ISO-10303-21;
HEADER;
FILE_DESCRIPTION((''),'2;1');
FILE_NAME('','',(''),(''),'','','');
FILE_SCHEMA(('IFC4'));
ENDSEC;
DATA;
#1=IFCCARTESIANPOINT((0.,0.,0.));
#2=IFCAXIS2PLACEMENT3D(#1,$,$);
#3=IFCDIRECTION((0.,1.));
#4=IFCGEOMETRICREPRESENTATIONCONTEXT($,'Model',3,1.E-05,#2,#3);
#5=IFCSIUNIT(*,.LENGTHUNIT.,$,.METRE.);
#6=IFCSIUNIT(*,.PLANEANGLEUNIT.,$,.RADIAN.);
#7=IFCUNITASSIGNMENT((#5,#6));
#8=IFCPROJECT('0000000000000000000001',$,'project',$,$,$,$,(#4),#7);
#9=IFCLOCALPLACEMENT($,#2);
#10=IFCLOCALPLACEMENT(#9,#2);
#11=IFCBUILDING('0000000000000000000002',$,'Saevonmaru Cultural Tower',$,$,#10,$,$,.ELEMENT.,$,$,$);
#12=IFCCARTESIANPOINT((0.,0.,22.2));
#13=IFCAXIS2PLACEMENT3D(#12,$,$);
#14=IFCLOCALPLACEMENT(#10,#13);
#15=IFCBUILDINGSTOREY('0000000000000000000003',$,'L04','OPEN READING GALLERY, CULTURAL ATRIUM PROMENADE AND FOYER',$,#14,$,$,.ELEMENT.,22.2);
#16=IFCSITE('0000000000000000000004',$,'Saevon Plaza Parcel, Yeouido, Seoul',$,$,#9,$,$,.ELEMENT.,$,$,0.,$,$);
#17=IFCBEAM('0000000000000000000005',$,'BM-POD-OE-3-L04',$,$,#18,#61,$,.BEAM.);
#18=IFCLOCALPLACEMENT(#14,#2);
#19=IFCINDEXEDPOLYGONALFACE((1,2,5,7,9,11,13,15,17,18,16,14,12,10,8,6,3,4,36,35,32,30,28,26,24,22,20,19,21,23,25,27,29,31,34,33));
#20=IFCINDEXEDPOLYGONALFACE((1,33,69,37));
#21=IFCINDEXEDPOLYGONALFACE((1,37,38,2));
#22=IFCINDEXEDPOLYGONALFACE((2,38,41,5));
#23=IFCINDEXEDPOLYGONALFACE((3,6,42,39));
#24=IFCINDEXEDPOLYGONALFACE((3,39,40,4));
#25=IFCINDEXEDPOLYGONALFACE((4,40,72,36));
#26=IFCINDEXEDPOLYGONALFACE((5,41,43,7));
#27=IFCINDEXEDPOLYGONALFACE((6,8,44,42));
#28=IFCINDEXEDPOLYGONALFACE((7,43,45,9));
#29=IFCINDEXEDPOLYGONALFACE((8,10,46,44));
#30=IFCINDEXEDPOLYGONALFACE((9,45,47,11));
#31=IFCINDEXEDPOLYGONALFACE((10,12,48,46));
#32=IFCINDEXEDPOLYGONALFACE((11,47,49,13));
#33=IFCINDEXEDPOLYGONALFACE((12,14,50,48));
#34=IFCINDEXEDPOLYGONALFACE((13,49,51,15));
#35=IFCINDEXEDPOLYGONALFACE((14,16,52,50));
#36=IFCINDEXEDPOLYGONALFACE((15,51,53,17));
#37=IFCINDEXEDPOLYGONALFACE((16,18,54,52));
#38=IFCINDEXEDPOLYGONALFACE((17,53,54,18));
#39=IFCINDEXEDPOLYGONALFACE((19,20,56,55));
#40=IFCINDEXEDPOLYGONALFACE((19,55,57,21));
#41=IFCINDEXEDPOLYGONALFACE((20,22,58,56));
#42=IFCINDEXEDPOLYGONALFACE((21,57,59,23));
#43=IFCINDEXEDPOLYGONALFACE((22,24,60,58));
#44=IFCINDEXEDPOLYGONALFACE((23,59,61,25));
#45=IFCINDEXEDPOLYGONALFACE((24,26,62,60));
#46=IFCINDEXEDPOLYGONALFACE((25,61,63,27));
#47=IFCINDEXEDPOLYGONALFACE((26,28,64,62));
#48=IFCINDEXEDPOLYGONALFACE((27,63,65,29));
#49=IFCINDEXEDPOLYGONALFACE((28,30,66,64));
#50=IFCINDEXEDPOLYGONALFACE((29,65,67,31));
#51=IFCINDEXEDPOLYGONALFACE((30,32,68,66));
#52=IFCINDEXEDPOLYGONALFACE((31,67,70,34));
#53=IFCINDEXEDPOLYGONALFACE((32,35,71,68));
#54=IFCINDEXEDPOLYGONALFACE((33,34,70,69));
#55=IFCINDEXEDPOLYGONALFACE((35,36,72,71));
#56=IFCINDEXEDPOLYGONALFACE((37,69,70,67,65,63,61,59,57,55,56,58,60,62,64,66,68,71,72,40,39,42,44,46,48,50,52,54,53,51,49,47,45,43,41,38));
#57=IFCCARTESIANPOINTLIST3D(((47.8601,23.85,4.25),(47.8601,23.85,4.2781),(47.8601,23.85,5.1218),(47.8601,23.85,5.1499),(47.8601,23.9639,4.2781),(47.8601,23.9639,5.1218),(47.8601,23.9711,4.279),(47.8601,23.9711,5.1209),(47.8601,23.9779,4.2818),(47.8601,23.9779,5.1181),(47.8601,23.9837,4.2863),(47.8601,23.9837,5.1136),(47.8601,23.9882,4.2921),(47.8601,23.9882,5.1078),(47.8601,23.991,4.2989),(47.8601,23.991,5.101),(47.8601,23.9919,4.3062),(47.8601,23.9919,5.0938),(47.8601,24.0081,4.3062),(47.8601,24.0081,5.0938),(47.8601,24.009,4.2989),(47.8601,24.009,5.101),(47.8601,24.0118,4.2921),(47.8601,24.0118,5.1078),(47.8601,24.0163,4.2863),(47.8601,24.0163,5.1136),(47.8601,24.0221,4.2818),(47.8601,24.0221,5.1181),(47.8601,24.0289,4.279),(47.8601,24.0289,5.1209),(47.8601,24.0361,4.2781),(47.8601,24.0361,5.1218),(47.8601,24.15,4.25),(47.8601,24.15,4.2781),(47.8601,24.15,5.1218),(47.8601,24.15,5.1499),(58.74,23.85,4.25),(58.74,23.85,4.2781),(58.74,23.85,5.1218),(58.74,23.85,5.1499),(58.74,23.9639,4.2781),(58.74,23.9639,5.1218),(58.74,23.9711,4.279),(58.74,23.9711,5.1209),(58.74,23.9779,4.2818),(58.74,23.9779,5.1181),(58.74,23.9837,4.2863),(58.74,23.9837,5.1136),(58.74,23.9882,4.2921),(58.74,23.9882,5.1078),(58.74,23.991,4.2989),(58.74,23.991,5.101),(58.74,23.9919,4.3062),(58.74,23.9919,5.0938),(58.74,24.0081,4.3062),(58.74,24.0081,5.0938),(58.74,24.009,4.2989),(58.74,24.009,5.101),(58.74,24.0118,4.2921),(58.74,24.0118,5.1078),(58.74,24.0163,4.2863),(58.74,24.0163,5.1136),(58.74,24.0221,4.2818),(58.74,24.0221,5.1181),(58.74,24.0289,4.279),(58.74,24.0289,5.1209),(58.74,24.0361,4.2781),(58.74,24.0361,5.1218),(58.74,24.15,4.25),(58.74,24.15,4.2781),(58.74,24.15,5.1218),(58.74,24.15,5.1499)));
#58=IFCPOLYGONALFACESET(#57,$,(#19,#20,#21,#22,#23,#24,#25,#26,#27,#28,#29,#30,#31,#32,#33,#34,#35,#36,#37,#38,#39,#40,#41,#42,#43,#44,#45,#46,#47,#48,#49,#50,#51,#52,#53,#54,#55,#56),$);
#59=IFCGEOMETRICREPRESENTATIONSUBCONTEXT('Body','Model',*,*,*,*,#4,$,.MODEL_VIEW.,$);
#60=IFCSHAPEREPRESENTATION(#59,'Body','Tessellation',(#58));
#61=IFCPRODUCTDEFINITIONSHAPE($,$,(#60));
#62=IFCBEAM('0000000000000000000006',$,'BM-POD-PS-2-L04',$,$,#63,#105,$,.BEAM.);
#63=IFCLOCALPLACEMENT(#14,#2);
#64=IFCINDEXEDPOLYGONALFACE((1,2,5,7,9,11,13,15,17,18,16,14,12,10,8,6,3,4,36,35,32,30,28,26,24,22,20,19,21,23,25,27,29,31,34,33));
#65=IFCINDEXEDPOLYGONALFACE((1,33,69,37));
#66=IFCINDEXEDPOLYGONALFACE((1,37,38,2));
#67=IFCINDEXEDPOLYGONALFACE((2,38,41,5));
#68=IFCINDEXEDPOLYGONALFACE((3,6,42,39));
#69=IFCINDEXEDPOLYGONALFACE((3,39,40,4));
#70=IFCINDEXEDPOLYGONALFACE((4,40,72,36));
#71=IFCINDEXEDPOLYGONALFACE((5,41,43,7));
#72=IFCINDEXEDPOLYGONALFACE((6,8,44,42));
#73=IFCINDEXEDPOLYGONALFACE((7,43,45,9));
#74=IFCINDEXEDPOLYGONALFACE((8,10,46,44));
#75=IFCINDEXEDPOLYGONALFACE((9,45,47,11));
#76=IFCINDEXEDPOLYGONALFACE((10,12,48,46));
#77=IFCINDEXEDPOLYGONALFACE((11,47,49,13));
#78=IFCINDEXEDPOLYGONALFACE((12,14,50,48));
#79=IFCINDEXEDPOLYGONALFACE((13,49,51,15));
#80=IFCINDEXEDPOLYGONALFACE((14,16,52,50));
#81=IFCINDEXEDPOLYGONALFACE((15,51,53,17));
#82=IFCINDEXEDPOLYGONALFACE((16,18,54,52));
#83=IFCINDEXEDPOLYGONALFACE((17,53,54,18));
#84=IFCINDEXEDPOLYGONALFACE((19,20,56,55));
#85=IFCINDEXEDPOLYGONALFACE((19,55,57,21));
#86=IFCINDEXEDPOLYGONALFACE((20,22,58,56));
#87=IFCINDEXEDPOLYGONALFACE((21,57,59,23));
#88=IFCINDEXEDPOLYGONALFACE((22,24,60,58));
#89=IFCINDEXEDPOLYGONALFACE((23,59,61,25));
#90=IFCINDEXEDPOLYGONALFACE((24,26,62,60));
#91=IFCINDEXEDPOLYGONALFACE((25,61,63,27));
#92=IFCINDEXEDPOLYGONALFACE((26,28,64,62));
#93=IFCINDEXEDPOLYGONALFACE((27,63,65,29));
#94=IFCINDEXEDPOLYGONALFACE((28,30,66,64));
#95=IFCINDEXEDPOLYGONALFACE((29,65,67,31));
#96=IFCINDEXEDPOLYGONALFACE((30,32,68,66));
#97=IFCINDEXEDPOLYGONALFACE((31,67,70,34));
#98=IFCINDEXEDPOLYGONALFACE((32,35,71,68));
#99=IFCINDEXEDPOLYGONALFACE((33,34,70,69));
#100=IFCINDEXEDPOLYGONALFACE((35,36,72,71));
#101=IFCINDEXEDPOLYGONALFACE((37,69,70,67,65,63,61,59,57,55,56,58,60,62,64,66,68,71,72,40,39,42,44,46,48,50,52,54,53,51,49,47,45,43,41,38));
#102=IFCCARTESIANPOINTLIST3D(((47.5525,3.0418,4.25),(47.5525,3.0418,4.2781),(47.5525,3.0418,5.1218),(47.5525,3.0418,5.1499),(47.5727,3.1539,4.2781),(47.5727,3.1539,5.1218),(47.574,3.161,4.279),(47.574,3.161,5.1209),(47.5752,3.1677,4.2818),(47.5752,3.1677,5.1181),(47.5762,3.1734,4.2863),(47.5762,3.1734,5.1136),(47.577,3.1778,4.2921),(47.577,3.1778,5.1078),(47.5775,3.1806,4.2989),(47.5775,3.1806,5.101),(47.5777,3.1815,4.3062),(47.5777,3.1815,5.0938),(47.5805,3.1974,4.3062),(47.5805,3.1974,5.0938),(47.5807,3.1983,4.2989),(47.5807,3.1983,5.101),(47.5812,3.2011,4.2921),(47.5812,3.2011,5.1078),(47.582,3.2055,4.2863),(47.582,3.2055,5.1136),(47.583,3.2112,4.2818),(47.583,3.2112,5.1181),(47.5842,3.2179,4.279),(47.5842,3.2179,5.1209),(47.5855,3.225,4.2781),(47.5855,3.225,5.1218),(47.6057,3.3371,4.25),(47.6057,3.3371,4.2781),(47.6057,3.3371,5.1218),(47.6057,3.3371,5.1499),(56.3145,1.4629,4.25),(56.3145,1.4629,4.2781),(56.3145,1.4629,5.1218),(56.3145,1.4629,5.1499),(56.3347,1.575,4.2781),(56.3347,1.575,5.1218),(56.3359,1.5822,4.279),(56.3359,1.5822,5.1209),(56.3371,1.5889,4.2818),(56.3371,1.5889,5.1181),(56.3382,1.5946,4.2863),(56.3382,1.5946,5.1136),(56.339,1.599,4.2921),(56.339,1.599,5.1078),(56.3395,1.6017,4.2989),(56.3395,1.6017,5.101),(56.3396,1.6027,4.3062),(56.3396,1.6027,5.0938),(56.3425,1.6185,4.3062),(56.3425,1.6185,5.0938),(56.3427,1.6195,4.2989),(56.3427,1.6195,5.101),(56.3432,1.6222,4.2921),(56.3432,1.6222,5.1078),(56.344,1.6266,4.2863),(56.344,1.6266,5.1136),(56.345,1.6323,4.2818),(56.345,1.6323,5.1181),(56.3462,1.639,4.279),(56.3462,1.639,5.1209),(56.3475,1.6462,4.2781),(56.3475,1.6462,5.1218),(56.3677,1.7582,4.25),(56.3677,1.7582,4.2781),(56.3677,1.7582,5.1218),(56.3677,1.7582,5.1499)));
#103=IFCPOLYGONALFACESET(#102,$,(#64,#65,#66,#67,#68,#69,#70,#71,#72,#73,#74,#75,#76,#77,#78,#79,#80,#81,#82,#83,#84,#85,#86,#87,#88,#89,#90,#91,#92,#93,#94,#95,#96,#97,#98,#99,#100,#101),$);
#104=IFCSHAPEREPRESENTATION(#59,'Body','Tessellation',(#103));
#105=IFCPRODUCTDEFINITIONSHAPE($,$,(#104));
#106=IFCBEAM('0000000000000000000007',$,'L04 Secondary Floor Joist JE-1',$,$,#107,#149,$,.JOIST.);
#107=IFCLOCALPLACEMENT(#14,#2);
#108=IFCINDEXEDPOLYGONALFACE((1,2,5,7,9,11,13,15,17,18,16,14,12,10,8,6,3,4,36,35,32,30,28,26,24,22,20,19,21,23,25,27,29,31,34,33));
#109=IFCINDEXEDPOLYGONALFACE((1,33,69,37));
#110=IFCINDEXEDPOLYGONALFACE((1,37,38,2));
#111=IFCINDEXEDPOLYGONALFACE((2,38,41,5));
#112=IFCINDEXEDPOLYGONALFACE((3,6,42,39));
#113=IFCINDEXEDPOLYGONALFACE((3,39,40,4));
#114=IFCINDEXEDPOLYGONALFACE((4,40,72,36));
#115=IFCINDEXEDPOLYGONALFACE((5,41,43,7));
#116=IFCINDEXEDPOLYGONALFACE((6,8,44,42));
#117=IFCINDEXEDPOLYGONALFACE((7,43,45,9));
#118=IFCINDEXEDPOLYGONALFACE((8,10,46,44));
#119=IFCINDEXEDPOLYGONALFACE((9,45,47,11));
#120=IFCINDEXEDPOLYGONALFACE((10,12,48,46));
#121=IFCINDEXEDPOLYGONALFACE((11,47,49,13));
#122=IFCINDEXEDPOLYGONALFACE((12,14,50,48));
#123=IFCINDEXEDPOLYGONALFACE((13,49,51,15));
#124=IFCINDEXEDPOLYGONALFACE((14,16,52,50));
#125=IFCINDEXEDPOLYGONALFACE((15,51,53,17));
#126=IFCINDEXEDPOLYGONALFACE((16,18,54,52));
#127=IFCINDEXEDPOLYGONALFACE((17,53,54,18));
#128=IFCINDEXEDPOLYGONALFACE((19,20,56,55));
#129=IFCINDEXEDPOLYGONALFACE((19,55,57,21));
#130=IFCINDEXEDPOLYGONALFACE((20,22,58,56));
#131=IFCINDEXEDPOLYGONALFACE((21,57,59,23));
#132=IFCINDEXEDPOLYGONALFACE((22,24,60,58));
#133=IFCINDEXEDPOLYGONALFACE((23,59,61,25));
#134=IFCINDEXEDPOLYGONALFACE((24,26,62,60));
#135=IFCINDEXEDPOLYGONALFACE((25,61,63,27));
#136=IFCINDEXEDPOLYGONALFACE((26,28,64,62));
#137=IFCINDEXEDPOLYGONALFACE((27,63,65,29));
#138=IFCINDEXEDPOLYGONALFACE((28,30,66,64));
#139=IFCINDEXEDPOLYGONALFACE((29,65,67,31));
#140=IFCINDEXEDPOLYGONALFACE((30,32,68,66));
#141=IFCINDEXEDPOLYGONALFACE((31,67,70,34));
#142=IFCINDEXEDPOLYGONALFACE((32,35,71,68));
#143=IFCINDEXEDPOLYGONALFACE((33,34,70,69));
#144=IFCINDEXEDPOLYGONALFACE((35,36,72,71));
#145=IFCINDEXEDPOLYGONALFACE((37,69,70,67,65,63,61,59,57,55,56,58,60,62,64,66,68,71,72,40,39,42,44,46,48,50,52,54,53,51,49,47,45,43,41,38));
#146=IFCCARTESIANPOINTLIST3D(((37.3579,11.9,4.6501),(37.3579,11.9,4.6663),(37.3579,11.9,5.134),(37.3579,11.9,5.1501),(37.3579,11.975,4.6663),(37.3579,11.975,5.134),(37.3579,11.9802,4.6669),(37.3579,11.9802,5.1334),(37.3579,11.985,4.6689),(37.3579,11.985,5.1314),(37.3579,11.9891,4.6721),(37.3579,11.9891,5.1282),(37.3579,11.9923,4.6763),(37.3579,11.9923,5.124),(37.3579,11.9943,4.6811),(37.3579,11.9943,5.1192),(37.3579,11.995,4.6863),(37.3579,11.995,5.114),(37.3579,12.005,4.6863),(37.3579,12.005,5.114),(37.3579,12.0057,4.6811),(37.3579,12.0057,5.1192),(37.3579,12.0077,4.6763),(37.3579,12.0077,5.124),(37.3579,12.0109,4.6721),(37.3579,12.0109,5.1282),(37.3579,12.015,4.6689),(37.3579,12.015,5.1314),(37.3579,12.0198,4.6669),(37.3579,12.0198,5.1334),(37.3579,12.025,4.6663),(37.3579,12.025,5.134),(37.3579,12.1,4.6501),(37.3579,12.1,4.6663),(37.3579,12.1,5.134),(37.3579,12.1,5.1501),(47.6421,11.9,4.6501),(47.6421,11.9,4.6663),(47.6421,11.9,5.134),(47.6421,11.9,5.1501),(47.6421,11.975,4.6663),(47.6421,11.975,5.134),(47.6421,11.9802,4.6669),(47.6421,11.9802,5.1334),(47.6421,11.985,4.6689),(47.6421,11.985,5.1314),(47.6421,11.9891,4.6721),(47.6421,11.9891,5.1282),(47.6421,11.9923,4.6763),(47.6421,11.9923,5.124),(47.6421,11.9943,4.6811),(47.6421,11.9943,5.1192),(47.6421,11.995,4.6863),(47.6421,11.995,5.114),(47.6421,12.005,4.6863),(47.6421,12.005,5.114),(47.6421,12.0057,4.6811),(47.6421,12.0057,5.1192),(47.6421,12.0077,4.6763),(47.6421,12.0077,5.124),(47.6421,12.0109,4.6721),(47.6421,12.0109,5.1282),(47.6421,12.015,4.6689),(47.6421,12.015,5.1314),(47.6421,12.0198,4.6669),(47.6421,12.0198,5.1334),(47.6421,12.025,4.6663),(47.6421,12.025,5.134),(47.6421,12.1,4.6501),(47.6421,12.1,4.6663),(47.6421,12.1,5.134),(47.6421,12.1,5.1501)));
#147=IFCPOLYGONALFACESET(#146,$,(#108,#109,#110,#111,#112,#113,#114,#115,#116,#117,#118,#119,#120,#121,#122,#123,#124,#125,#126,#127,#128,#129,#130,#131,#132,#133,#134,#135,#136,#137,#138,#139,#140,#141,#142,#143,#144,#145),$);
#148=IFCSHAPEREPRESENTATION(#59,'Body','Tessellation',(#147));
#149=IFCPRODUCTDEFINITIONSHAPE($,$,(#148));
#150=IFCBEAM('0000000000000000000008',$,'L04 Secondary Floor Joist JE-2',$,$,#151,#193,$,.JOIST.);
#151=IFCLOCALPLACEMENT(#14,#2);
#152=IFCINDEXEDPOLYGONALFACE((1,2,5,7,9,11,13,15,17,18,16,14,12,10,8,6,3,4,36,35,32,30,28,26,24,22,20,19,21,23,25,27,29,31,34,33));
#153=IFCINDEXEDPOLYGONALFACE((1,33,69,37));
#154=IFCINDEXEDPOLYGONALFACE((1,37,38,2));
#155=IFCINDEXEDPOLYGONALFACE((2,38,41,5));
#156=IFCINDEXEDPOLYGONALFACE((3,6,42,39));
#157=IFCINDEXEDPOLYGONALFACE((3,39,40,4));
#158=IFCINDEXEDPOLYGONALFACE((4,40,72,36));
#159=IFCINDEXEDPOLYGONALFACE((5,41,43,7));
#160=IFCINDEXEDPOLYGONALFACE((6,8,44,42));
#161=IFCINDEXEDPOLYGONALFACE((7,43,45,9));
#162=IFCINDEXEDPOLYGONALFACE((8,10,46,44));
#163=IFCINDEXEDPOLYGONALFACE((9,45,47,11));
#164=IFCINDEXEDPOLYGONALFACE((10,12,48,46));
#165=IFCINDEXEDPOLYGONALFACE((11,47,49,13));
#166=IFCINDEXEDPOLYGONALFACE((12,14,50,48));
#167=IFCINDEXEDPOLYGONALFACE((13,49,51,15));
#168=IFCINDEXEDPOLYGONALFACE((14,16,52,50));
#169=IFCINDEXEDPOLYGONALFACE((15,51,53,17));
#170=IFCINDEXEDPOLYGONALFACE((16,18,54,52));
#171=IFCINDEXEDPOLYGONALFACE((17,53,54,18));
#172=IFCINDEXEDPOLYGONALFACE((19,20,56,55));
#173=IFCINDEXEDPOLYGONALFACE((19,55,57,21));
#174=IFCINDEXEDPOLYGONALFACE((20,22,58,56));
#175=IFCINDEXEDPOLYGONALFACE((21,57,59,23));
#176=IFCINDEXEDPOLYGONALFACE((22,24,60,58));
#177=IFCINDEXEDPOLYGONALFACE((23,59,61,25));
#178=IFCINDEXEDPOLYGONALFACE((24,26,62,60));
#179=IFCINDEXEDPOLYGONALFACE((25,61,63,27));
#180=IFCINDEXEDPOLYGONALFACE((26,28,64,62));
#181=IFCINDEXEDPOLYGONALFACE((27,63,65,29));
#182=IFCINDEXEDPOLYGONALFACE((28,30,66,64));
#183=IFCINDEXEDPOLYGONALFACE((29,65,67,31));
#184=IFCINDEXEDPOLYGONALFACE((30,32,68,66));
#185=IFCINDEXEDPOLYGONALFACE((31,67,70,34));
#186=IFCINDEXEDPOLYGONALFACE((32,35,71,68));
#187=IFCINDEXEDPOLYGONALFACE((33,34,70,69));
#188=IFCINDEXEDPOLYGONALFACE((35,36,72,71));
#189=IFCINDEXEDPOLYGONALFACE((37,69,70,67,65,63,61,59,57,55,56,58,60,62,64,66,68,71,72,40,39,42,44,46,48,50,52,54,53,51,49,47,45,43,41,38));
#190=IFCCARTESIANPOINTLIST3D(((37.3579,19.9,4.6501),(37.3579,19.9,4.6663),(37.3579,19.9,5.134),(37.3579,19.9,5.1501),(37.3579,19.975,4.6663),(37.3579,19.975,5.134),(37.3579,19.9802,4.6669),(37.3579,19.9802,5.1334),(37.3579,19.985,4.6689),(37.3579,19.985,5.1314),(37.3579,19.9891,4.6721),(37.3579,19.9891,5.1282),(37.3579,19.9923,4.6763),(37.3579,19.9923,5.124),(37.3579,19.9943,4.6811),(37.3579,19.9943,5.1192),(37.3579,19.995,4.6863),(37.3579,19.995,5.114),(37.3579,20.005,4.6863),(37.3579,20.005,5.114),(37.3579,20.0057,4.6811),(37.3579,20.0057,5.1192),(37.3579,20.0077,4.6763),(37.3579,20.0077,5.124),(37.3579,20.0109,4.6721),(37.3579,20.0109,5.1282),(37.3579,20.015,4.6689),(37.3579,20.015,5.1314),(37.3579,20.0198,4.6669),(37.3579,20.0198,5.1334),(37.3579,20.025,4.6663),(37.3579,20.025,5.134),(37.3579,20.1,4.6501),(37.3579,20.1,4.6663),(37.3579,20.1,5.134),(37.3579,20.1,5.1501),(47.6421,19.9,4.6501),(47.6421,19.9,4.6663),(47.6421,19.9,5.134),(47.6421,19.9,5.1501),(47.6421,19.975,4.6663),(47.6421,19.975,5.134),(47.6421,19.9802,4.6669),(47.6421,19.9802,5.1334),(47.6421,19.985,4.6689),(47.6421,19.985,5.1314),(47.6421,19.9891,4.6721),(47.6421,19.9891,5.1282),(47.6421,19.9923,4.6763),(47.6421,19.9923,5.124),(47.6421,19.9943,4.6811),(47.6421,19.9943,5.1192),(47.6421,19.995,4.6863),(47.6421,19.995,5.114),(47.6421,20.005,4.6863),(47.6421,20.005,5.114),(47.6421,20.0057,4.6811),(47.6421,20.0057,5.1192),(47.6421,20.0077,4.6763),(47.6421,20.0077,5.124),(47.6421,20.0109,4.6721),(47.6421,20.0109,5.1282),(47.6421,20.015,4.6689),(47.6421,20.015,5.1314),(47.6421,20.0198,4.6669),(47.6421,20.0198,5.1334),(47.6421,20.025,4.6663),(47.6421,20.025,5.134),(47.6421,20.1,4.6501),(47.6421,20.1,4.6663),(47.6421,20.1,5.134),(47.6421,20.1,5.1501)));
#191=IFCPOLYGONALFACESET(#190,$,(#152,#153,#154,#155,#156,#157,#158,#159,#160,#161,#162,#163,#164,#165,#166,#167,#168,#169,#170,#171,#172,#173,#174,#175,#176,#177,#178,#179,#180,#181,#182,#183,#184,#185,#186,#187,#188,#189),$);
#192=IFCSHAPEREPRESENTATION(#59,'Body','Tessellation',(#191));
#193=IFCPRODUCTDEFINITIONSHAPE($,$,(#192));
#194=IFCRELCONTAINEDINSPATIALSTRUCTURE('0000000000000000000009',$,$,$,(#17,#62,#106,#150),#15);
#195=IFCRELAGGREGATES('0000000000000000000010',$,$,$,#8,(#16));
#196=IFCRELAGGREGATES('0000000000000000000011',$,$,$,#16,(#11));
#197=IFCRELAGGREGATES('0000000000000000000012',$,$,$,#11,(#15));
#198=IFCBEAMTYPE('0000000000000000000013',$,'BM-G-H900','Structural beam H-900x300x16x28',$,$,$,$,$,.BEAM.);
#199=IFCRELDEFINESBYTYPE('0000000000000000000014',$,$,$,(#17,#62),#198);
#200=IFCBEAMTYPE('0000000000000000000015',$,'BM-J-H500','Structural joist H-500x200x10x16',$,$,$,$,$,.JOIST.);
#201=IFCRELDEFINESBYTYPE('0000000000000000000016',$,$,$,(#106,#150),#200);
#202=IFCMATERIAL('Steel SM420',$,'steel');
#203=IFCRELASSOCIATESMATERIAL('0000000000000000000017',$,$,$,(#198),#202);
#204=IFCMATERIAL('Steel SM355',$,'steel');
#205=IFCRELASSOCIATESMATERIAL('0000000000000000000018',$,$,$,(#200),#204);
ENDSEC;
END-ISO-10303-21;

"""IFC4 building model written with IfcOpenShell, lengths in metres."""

from ifc_helpers import new_model, si_unit, direction, frame, origin, origin_2d, place, context, subcontext, project, spatial, i_section, extrude, material, material_profile, profile_set, type_object, element, save


model = new_model("IFC4")

# Units and contexts
model_context = context("Model", 3, precision=1e-05, world=origin(), true_north=direction((0.0, 1.0)))
body_context = subcontext(model_context, "Body", "Model", "MODEL_VIEW")
ifc_project = project(units=[si_unit("LENGTHUNIT", "METRE"), si_unit("PLANEANGLEUNIT", "RADIAN")], contexts=[model_context])

# Site, building, storey
site_placement = place(None, origin())
site = spatial("IfcSite", under=ifc_project, at=site_placement, Name="Saevon Plaza Parcel, Yeouido, Seoul", CompositionType="ELEMENT", RefElevation=0.0)
building_placement = place(site_placement, origin())
building = spatial("IfcBuilding", under=site, at=building_placement, Name="Saevonmaru Cultural Tower", CompositionType="ELEMENT")
storey_placement = place(building_placement, frame((0.0, 0.0, 22.2)))
storey = spatial("IfcBuildingStorey", under=building, at=storey_placement, Name="L04", Description="OPEN READING GALLERY, CULTURAL ATRIUM PROMENADE AND FOYER", CompositionType="ELEMENT", Elevation=22.2)

# Beams
ifc_material_1 = material(Name="Steel SM420", Category="steel")
ifc_material_profile_1 = material_profile(ifc_material_1, i_section(OverallWidth=0.3, OverallDepth=0.8999, WebThickness=0.0161, FlangeThickness=0.0281, FilletRadius=0.0281, at=origin_2d()), Name="H-900x300x16x28")
ifc_profile_set_1 = profile_set([ifc_material_profile_1], Name="Steel SM420")
beam_type_1 = type_object("IfcBeamType", Name="BM-G-H900", Description="Structural beam H-900x300x16x28", PredefinedType="BEAM", material=ifc_profile_set_1)
for number, where, z_axis, x_axis, name in (
    (1, (47.8601, 24.0, 4.7), (1.0, 0.0, 0.0), (0.0, 1.0, 0.0), "BM-POD-OE-3-L04"),
):
    element("IfcBeam", number, at=place(storey_placement, frame(where, z_axis=z_axis, x_axis=x_axis)), inside=storey, type_object=beam_type_1, Name=name, PredefinedType="BEAM", context=body_context, shape_type="SweptSolid", body=[
        extrude(i_section(OverallWidth=0.3, OverallDepth=0.8999, WebThickness=0.0161, FlangeThickness=0.0281, FilletRadius=0.0281, at=origin_2d()), origin(), (0.0, 0.0, 1.0), 10.8799),
    ])
beam_1_placement = place(storey_placement, frame((47.5791, 3.1895, 4.7), z_axis=(0.98415, -0.177338, 0.0), x_axis=(0.177338, 0.98415, 0.0)))
element("IfcBeam", 2, at=beam_1_placement, inside=storey, type_object=beam_type_1, Name="BM-POD-PS-2-L04", PredefinedType="BEAM", context=body_context, shape_type="SweptSolid", body=[
    extrude(i_section(OverallWidth=0.3, OverallDepth=0.8999, WebThickness=0.0161, FlangeThickness=0.0281, FilletRadius=0.0281, at=origin_2d()), origin(), (0.0, 0.0, 1.0), 8.9031),
])
ifc_material_2 = material(Name="Steel SM355", Category="steel")
ifc_material_profile_2 = material_profile(ifc_material_2, i_section(OverallWidth=0.2, OverallDepth=0.5, WebThickness=0.01, FlangeThickness=0.0161, FilletRadius=0.02, at=origin_2d()), Name="H-500x200x10x16")
ifc_profile_set_2 = profile_set([ifc_material_profile_2], Name="Steel SM355")
beam_type_2 = type_object("IfcBeamType", Name="BM-J-H500", Description="Structural joist H-500x200x10x16", PredefinedType="JOIST", material=ifc_profile_set_2)
for number, where, z_axis, x_axis, name in (
    (3, (37.3579, 12.0, 4.9001), (1.0, 0.0, 0.0), (0.0, 1.0, 0.0), "L04 Secondary Floor Joist JE-1"),
    (4, (37.3579, 20.0, 4.9001), (1.0, 0.0, 0.0), (0.0, 1.0, 0.0), "L04 Secondary Floor Joist JE-2"),
):
    element("IfcBeam", number, at=place(storey_placement, frame(where, z_axis=z_axis, x_axis=x_axis)), inside=storey, type_object=beam_type_2, Name=name, PredefinedType="JOIST", context=body_context, shape_type="SweptSolid", body=[
        extrude(i_section(OverallWidth=0.2, OverallDepth=0.5, WebThickness=0.01, FlangeThickness=0.0161, FilletRadius=0.02, at=origin_2d()), origin(), (0.0, 0.0, 1.0), 10.2842),
    ])

save(model, "model.ifc")
